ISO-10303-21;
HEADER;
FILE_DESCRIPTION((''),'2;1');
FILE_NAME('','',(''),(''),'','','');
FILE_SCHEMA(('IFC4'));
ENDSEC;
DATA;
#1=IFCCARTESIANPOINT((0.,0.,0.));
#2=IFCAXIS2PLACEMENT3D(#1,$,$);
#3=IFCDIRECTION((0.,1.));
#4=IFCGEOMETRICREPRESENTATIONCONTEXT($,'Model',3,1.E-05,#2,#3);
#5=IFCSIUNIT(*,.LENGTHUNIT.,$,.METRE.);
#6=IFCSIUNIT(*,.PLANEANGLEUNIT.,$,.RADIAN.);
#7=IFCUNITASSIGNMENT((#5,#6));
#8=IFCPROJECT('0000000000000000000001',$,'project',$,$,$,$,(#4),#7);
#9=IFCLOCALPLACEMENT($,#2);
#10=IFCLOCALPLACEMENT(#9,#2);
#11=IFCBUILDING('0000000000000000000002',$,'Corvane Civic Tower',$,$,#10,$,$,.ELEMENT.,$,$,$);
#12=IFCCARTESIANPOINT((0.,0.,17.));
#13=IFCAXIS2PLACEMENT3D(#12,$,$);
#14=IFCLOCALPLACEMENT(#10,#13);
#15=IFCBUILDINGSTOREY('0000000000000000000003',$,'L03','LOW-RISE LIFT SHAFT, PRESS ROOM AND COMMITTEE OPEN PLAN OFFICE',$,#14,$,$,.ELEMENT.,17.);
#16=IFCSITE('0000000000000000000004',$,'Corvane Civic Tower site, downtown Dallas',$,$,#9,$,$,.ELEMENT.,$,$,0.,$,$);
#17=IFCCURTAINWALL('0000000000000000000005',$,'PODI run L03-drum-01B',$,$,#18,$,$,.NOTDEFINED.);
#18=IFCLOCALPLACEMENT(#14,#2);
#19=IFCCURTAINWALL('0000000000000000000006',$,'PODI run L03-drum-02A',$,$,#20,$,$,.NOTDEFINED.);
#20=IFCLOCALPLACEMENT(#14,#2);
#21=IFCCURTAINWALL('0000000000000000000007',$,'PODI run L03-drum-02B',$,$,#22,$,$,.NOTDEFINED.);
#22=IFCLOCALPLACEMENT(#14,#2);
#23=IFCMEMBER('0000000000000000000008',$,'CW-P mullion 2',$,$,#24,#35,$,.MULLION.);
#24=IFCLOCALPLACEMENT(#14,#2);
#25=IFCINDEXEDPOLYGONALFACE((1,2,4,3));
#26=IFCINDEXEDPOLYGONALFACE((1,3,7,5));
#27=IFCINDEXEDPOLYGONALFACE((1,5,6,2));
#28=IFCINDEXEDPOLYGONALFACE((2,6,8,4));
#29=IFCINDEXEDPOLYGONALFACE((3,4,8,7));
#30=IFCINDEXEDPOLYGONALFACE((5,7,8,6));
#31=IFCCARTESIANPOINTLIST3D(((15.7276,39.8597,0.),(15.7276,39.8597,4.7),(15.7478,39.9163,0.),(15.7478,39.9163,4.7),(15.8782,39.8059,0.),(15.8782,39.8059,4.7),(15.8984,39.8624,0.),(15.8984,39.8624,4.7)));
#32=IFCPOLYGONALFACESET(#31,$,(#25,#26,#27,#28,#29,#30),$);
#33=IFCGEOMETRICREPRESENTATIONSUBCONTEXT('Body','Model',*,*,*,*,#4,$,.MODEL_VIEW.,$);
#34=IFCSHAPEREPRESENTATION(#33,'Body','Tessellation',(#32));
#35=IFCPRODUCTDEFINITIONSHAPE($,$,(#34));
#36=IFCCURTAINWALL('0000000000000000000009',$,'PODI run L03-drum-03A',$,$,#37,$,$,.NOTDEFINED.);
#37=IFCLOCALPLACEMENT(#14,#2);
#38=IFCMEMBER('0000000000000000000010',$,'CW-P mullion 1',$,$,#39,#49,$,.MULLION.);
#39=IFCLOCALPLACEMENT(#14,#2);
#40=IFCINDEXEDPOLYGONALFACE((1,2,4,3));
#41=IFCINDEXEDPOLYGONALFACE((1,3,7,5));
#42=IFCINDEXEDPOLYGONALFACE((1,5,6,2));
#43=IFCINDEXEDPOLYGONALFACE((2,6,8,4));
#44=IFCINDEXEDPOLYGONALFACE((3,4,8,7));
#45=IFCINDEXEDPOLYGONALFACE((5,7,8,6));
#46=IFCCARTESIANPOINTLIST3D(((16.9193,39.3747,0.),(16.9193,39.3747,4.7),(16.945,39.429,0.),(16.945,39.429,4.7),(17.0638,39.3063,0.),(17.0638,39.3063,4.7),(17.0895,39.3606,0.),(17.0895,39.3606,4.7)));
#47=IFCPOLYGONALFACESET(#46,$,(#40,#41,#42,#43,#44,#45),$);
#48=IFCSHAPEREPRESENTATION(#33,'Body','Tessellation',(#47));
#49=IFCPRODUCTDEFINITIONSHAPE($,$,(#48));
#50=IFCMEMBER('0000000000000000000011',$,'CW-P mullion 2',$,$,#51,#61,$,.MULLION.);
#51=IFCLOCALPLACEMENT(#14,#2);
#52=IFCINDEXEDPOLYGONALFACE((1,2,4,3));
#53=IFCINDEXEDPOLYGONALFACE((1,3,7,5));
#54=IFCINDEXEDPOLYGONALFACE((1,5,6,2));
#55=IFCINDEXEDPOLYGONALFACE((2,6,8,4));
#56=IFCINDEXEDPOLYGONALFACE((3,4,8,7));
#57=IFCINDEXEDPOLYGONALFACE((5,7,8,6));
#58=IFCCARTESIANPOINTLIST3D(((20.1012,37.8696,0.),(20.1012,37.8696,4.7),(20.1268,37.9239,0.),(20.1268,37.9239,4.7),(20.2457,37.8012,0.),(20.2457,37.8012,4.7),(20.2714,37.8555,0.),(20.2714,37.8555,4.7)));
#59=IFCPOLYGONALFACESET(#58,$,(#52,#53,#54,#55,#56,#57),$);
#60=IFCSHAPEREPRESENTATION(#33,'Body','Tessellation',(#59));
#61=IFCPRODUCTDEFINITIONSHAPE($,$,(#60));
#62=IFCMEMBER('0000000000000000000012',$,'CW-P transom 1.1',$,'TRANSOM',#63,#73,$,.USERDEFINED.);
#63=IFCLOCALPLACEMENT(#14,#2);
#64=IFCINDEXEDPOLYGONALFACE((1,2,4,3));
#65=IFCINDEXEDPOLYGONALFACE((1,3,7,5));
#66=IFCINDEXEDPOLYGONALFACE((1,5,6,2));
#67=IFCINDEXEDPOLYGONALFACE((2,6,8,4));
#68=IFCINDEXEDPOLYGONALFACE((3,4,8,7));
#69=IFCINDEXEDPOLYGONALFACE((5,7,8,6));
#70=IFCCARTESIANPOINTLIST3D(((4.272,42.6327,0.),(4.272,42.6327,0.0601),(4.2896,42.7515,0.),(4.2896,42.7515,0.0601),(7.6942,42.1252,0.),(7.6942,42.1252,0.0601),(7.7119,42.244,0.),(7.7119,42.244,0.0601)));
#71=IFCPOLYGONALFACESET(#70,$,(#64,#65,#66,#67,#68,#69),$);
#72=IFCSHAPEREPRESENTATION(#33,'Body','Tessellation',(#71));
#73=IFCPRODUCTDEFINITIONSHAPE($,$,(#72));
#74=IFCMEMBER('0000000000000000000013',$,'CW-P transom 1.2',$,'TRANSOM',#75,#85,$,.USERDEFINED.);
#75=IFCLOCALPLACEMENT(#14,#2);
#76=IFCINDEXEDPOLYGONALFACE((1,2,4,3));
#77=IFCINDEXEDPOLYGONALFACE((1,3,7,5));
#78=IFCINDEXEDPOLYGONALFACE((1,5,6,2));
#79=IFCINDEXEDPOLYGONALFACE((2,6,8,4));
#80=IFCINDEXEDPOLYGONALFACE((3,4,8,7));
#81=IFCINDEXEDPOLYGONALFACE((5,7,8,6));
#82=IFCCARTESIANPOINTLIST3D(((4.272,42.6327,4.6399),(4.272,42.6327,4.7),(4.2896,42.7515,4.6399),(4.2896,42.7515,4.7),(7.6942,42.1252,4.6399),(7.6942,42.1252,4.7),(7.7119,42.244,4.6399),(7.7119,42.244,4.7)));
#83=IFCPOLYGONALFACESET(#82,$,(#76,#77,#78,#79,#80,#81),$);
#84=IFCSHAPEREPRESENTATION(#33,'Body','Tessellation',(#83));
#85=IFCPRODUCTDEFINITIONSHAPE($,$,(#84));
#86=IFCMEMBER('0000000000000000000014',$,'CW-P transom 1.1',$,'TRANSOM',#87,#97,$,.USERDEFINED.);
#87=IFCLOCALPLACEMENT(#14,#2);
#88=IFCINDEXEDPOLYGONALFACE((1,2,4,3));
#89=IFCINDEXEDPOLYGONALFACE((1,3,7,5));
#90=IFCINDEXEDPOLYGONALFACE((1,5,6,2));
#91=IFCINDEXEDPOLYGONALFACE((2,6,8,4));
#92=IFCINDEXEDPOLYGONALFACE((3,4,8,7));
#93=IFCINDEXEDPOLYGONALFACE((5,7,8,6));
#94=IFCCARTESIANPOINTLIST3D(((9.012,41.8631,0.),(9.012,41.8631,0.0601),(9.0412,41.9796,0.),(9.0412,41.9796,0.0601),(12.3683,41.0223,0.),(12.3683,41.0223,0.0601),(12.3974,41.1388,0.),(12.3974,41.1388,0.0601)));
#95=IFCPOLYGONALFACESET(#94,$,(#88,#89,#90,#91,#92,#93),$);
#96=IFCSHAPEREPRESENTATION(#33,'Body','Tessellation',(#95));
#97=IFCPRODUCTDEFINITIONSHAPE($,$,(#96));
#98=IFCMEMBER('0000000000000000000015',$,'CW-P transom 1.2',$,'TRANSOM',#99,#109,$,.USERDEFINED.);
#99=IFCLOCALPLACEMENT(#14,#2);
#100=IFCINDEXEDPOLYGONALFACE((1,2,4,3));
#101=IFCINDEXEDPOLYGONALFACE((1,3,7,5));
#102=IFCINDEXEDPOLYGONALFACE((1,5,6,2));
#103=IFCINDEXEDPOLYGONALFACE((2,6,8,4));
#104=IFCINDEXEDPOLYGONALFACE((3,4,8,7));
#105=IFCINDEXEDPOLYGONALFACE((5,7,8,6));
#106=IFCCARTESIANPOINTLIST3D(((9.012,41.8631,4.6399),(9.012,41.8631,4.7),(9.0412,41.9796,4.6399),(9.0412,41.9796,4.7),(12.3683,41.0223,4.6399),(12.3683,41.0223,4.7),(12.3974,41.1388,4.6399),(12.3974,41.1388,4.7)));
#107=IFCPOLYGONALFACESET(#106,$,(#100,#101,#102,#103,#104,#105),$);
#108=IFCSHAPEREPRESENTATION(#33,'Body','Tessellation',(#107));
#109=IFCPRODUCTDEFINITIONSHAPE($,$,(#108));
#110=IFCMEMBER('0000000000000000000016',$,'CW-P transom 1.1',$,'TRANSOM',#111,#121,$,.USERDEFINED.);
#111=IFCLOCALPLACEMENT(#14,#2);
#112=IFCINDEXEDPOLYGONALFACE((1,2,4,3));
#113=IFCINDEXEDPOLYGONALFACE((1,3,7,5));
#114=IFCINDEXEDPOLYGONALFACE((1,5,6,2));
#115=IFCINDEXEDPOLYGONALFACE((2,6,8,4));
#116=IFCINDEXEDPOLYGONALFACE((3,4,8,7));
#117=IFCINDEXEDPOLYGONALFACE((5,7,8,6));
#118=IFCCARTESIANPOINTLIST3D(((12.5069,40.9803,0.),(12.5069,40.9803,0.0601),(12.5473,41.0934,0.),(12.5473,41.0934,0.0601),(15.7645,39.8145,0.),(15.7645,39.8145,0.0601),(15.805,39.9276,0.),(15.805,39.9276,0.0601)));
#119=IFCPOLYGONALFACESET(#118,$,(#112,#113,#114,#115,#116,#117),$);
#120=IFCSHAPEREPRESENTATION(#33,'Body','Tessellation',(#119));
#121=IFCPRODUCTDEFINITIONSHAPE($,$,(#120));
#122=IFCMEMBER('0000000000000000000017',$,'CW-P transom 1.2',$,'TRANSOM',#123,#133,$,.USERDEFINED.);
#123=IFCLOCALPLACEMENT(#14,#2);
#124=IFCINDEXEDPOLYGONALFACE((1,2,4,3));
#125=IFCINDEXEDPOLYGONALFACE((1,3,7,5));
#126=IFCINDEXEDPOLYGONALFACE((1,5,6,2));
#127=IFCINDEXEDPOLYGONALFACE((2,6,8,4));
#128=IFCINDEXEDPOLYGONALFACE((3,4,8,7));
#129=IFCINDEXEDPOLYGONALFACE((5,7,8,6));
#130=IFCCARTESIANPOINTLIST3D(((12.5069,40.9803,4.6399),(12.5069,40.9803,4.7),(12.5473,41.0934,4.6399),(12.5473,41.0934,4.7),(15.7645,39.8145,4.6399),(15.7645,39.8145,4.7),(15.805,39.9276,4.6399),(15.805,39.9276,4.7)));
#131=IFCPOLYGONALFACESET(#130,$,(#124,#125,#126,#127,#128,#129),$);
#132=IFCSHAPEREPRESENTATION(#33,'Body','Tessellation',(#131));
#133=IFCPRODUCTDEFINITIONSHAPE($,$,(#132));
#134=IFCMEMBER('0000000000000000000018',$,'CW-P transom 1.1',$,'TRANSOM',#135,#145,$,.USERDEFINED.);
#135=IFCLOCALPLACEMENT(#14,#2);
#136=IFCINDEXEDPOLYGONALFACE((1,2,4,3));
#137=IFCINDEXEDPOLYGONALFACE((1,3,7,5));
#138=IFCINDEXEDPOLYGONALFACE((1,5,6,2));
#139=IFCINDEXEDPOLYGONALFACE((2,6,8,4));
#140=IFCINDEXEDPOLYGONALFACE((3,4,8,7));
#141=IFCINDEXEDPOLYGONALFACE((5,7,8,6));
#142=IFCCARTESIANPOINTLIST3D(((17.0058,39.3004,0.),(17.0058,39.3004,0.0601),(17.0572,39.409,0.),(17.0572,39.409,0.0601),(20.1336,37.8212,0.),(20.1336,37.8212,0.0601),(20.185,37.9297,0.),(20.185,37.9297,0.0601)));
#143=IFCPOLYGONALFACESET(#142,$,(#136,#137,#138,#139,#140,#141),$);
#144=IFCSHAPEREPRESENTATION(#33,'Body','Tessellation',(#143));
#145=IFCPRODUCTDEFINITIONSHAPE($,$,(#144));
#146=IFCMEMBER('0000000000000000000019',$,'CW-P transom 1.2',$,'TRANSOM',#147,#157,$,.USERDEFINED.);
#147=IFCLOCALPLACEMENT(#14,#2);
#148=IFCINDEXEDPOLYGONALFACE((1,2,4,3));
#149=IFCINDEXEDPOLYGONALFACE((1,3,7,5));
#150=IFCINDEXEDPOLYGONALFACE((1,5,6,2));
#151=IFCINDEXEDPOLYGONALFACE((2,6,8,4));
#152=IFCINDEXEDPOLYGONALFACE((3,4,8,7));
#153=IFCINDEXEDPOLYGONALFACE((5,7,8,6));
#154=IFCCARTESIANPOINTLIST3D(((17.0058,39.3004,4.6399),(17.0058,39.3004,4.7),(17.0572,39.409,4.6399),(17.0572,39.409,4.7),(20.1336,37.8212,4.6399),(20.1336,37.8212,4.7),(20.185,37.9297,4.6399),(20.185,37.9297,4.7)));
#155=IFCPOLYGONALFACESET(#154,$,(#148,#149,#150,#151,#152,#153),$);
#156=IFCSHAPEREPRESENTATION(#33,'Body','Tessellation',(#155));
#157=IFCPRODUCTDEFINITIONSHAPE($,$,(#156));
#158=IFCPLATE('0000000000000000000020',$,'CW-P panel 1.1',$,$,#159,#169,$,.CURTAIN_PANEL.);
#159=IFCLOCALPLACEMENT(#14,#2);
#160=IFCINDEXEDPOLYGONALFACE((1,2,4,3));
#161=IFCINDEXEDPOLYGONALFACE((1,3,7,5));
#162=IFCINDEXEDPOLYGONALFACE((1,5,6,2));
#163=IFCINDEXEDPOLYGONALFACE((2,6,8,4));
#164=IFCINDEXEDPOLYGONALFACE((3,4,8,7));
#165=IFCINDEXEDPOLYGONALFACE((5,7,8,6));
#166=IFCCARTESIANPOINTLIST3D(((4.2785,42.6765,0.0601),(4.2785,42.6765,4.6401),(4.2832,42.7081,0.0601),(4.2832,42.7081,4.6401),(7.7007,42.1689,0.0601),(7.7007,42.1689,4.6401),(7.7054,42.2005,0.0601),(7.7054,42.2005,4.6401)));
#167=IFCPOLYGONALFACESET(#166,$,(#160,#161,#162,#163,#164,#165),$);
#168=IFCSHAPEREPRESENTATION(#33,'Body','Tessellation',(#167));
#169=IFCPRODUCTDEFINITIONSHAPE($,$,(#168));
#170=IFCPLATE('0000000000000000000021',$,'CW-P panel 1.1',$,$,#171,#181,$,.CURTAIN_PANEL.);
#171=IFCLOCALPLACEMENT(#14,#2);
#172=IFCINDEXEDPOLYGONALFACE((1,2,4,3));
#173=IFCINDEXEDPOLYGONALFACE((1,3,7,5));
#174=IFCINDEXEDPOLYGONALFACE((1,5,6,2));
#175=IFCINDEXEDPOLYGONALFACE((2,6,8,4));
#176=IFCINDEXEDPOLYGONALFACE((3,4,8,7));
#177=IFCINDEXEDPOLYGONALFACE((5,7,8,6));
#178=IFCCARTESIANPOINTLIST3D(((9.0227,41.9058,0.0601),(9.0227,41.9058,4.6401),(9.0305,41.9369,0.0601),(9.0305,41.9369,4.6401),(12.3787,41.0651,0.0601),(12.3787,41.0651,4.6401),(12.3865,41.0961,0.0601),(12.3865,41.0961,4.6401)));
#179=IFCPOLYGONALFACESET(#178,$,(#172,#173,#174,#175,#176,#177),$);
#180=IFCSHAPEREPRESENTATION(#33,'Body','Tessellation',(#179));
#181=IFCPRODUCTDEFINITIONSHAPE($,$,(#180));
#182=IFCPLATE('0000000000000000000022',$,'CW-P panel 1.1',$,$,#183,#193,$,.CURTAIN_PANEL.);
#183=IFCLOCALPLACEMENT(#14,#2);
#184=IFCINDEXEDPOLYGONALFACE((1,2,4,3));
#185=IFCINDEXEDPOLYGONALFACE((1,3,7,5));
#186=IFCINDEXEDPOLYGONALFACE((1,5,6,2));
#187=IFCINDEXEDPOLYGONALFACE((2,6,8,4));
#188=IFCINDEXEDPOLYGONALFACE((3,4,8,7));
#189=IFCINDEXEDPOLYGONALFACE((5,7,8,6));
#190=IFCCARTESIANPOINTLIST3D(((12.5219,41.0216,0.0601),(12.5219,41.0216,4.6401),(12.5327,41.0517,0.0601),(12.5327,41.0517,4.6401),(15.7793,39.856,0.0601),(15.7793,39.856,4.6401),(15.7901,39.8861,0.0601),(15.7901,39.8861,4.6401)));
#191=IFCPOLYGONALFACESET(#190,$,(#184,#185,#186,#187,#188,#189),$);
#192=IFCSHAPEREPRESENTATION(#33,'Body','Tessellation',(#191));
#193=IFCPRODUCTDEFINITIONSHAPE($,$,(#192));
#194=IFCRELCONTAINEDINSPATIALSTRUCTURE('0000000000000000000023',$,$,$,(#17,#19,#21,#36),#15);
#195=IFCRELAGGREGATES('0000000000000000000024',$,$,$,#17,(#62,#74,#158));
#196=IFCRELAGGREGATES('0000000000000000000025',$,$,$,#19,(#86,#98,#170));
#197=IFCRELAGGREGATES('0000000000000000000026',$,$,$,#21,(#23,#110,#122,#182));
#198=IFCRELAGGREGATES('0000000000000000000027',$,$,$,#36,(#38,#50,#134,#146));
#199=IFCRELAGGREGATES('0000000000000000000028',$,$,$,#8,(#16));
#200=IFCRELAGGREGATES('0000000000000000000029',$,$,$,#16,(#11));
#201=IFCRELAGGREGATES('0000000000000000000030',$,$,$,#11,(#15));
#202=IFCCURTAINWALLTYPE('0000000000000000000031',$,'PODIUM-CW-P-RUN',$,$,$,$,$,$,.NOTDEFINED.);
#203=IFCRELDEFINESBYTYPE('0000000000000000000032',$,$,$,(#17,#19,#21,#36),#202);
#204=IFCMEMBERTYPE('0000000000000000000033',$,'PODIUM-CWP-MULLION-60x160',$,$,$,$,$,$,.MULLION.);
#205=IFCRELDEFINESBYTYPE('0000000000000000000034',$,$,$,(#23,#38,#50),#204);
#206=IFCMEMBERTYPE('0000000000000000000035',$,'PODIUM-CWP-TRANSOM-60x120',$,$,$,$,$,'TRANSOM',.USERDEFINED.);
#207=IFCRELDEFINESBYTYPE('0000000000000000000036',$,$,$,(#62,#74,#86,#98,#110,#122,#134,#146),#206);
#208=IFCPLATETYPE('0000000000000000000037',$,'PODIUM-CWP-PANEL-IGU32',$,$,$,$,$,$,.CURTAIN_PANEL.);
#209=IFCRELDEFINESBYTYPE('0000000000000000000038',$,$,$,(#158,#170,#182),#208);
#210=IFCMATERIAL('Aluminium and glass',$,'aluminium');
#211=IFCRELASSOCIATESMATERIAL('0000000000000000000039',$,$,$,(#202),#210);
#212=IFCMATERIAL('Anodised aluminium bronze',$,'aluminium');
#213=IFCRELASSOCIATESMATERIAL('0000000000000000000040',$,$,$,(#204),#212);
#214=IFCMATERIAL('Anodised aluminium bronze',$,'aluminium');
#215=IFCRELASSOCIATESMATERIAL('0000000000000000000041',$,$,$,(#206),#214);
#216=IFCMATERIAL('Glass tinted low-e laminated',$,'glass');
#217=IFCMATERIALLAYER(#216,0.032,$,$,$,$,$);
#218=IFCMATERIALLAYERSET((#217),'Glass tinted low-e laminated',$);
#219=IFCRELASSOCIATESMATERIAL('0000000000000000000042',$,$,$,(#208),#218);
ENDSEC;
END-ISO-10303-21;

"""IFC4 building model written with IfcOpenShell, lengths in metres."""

from ifc_helpers import new_model, si_unit, direction, frame, origin, origin_2d, place, context, subcontext, project, spatial, rectangle, extrude, material, layer, layer_set, material_profile, profile_set, type_object, element, aggregate, save


model = new_model("IFC4")

# Units and contexts
model_context = context("Model", 3, precision=1e-05, world=origin(), true_north=direction((0.0, 1.0)))
body_context = subcontext(model_context, "Body", "Model", "MODEL_VIEW")
ifc_project = project(units=[si_unit("LENGTHUNIT", "METRE"), si_unit("PLANEANGLEUNIT", "RADIAN")], contexts=[model_context])

# Site, building, storey
site_placement = place(None, origin())
site = spatial("IfcSite", under=ifc_project, at=site_placement, Name="Corvane Civic Tower site, downtown Dallas", CompositionType="ELEMENT", RefElevation=0.0)
building_placement = place(site_placement, origin())
building = spatial("IfcBuilding", under=site, at=building_placement, Name="Corvane Civic Tower", CompositionType="ELEMENT")
storey_placement = place(building_placement, frame((0.0, 0.0, 17.0)))
storey = spatial("IfcBuildingStorey", under=building, at=storey_placement, Name="L03", Description="LOW-RISE LIFT SHAFT, PRESS ROOM AND COMMITTEE OPEN PLAN OFFICE", CompositionType="ELEMENT", Elevation=17.0)

# Curtain walls, members
ifc_material_1 = material(Name="Aluminium and glass", Category="aluminium")
curtain_wall_type = type_object("IfcCurtainWallType", Name="PODIUM-CW-P-RUN", PredefinedType="NOTDEFINED", material=ifc_material_1)
curtain_wall_1_placement = place(storey_placement, origin())
curtain_wall_1 = element("IfcCurtainWall", 1, at=curtain_wall_1_placement, inside=storey, type_object=curtain_wall_type, Name="PODI run L03-drum-01B", PredefinedType="NOTDEFINED")
ifc_material_2 = material(Name="Anodised aluminium bronze", Category="aluminium")
ifc_material_profile_1 = material_profile(ifc_material_2, rectangle(XDim=0.0601, YDim=0.1599, at=origin_2d()), Name="AL 60x160")
ifc_profile_set_1 = profile_set([ifc_material_profile_1], Name="Anodised aluminium bronze")
member_type_1 = type_object("IfcMemberType", Name="PODIUM-CWP-MULLION-60x160", PredefinedType="MULLION", material=ifc_profile_set_1)
curtain_wall_2_placement = place(storey_placement, origin())
curtain_wall_2 = element("IfcCurtainWall", 2, at=curtain_wall_2_placement, inside=storey, type_object=curtain_wall_type, Name="PODI run L03-drum-02A", PredefinedType="NOTDEFINED")
curtain_wall_3_placement = place(storey_placement, origin())
curtain_wall_3 = element("IfcCurtainWall", 3, at=curtain_wall_3_placement, inside=storey, type_object=curtain_wall_type, Name="PODI run L03-drum-02B", PredefinedType="NOTDEFINED")
member_1_placement = place(storey_placement, frame((15.813, 39.8611, 0.0), z_axis=(0.0, 0.0, 1.0), x_axis=(0.336919, 0.941534, 0.0)))
member_1 = element("IfcMember", 4, at=member_1_placement, type_object=member_type_1, Name="CW-P mullion 2", PredefinedType="MULLION", context=body_context, shape_type="SweptSolid", body=[
    extrude(rectangle(XDim=0.0601, YDim=0.1599, at=origin_2d()), origin(), (0.0, 0.0, 1.0), 4.7),
])
curtain_wall_4_placement = place(storey_placement, origin())
curtain_wall_4 = element("IfcCurtainWall", 5, at=curtain_wall_4_placement, inside=storey, type_object=curtain_wall_type, Name="PODI run L03-drum-03A", PredefinedType="NOTDEFINED")
member_2_placement = place(storey_placement, frame((17.0044, 39.3677, 0.0), z_axis=(0.0, 0.0, 1.0), x_axis=(0.427553, 0.90399, 0.0)))
member_2 = element("IfcMember", 6, at=member_2_placement, type_object=member_type_1, Name="CW-P mullion 1", PredefinedType="MULLION", context=body_context, shape_type="SweptSolid", body=[
    extrude(rectangle(XDim=0.0601, YDim=0.1599, at=origin_2d()), origin(), (0.0, 0.0, 1.0), 4.7),
])
member_3_placement = place(storey_placement, frame((20.1863, 37.8625, 0.0), z_axis=(0.0, 0.0, 1.0), x_axis=(0.427553, 0.90399, 0.0)))
member_3 = element("IfcMember", 7, at=member_3_placement, type_object=member_type_1, Name="CW-P mullion 2", PredefinedType="MULLION", context=body_context, shape_type="SweptSolid", body=[
    extrude(rectangle(XDim=0.0601, YDim=0.1599, at=origin_2d()), origin(), (0.0, 0.0, 1.0), 4.7),
])

# Members
ifc_material_3 = material(Name="Anodised aluminium bronze", Category="aluminium")
ifc_material_profile_2 = material_profile(ifc_material_3, rectangle(XDim=0.1201, YDim=0.0601, at=origin_2d()), Name="AL 120x60")
ifc_profile_set_2 = profile_set([ifc_material_profile_2], Name="Anodised aluminium bronze")
member_type_2 = type_object("IfcMemberType", Name="PODIUM-CWP-TRANSOM-60x120", ElementType="TRANSOM", PredefinedType="USERDEFINED", material=ifc_profile_set_2)
member_4_placement = place(storey_placement, frame((4.2808, 42.6921, 0.03), z_axis=(0.98918, -0.146705, 0.0), x_axis=(0.146705, 0.98918, 0.0)))
member_4 = element("IfcMember", 8, at=member_4_placement, type_object=member_type_2, Name="CW-P transom 1.1", ObjectType="TRANSOM", PredefinedType="USERDEFINED", context=body_context, shape_type="SweptSolid", body=[
    extrude(rectangle(XDim=0.1201, YDim=0.0601, at=origin_2d()), origin(), (0.0, 0.0, 1.0), 3.4597),
])
member_5_placement = place(storey_placement, frame((4.2808, 42.6921, 4.6699), z_axis=(0.98918, -0.146705, 0.0), x_axis=(0.146705, 0.98918, 0.0)))
member_5 = element("IfcMember", 9, at=member_5_placement, type_object=member_type_2, Name="CW-P transom 1.2", ObjectType="TRANSOM", PredefinedType="USERDEFINED", context=body_context, shape_type="SweptSolid", body=[
    extrude(rectangle(XDim=0.1201, YDim=0.0601, at=origin_2d()), origin(), (0.0, 0.0, 1.0), 3.4597),
])
member_6_placement = place(storey_placement, frame((9.0266, 41.9214, 0.03), z_axis=(0.970022, -0.243017, 0.0), x_axis=(0.243017, 0.970022, 0.0)))
member_6 = element("IfcMember", 10, at=member_6_placement, type_object=member_type_2, Name="CW-P transom 1.1", ObjectType="TRANSOM", PredefinedType="USERDEFINED", context=body_context, shape_type="SweptSolid", body=[
    extrude(rectangle(XDim=0.1201, YDim=0.0601, at=origin_2d()), origin(), (0.0, 0.0, 1.0), 3.46),
])
member_7_placement = place(storey_placement, frame((9.0266, 41.9214, 4.6699), z_axis=(0.970022, -0.243017, 0.0), x_axis=(0.243017, 0.970022, 0.0)))
member_7 = element("IfcMember", 11, at=member_7_placement, type_object=member_type_2, Name="CW-P transom 1.2", ObjectType="TRANSOM", PredefinedType="USERDEFINED", context=body_context, shape_type="SweptSolid", body=[
    extrude(rectangle(XDim=0.1201, YDim=0.0601, at=origin_2d()), origin(), (0.0, 0.0, 1.0), 3.46),
])
member_8_placement = place(storey_placement, frame((12.5271, 41.0369, 0.03), z_axis=(0.941526, -0.33694, 0.0), x_axis=(0.33694, 0.941526, 0.0)))
member_8 = element("IfcMember", 12, at=member_8_placement, type_object=member_type_2, Name="CW-P transom 1.1", ObjectType="TRANSOM", PredefinedType="USERDEFINED", context=body_context, shape_type="SweptSolid", body=[
    extrude(rectangle(XDim=0.1201, YDim=0.0601, at=origin_2d()), origin(), (0.0, 0.0, 1.0), 3.46),
])
member_9_placement = place(storey_placement, frame((12.5271, 41.0369, 4.6699), z_axis=(0.941526, -0.33694, 0.0), x_axis=(0.33694, 0.941526, 0.0)))
member_9 = element("IfcMember", 13, at=member_9_placement, type_object=member_type_2, Name="CW-P transom 1.2", ObjectType="TRANSOM", PredefinedType="USERDEFINED", context=body_context, shape_type="SweptSolid", body=[
    extrude(rectangle(XDim=0.1201, YDim=0.0601, at=origin_2d()), origin(), (0.0, 0.0, 1.0), 3.46),
])
member_10_placement = place(storey_placement, frame((17.0315, 39.3547, 0.03), z_axis=(0.903993, -0.427546, 0.0), x_axis=(0.427546, 0.903993, 0.0)))
member_10 = element("IfcMember", 14, at=member_10_placement, type_object=member_type_2, Name="CW-P transom 1.1", ObjectType="TRANSOM", PredefinedType="USERDEFINED", context=body_context, shape_type="SweptSolid", body=[
    extrude(rectangle(XDim=0.1201, YDim=0.0601, at=origin_2d()), origin(), (0.0, 0.0, 1.0), 3.46),
])
member_11_placement = place(storey_placement, frame((17.0315, 39.3547, 4.6699), z_axis=(0.903993, -0.427546, 0.0), x_axis=(0.427546, 0.903993, 0.0)))
member_11 = element("IfcMember", 15, at=member_11_placement, type_object=member_type_2, Name="CW-P transom 1.2", ObjectType="TRANSOM", PredefinedType="USERDEFINED", context=body_context, shape_type="SweptSolid", body=[
    extrude(rectangle(XDim=0.1201, YDim=0.0601, at=origin_2d()), origin(), (0.0, 0.0, 1.0), 3.46),
])

# Plates
ifc_material_4 = material(Name="Glass tinted low-e laminated", Category="glass")
ifc_layer_1 = layer(ifc_material_4, 0.032)
ifc_layer_set_1 = layer_set([ifc_layer_1], Name="Glass tinted low-e laminated")
plate_type = type_object("IfcPlateType", Name="PODIUM-CWP-PANEL-IGU32", PredefinedType="CURTAIN_PANEL", material=ifc_layer_set_1)
plate_1_placement = place(storey_placement, frame((5.9919, 42.4385, 0.0601), z_axis=(0.0, 0.0, 1.0), x_axis=(0.989179, -0.146715, 0.0)))
plate_1 = element("IfcPlate", 16, at=plate_1_placement, type_object=plate_type, Name="CW-P panel 1.1", PredefinedType="CURTAIN_PANEL", context=body_context, shape_type="SweptSolid", body=[
    extrude(rectangle(XDim=3.4597, YDim=0.032, at=origin_2d()), origin(), (0.0, 0.0, 1.0), 4.5801),
])
aggregate(curtain_wall_1, [member_4, member_5, plate_1])
plate_2_placement = place(storey_placement, frame((10.7046, 41.501, 0.0601), z_axis=(0.0, 0.0, 1.0), x_axis=(0.970024, -0.243009, 0.0)))
plate_2 = element("IfcPlate", 17, at=plate_2_placement, type_object=plate_type, Name="CW-P panel 1.1", PredefinedType="CURTAIN_PANEL", context=body_context, shape_type="SweptSolid", body=[
    extrude(rectangle(XDim=3.4597, YDim=0.032, at=origin_2d()), origin(), (0.0, 0.0, 1.0), 4.5801),
])
aggregate(curtain_wall_2, [member_6, member_7, plate_2])
plate_3_placement = place(storey_placement, frame((14.156, 40.4539, 0.0601), z_axis=(0.0, 0.0, 1.0), x_axis=(0.941534, -0.336919, 0.0)))
plate_3 = element("IfcPlate", 18, at=plate_3_placement, type_object=plate_type, Name="CW-P panel 1.1", PredefinedType="CURTAIN_PANEL", context=body_context, shape_type="SweptSolid", body=[
    extrude(rectangle(XDim=3.4597, YDim=0.032, at=origin_2d()), origin(), (0.0, 0.0, 1.0), 4.5801),
])
aggregate(curtain_wall_3, [member_1, member_8, member_9, plate_3])
aggregate(curtain_wall_4, [member_2, member_3, member_10, member_11])

save(model, "model.ifc")
